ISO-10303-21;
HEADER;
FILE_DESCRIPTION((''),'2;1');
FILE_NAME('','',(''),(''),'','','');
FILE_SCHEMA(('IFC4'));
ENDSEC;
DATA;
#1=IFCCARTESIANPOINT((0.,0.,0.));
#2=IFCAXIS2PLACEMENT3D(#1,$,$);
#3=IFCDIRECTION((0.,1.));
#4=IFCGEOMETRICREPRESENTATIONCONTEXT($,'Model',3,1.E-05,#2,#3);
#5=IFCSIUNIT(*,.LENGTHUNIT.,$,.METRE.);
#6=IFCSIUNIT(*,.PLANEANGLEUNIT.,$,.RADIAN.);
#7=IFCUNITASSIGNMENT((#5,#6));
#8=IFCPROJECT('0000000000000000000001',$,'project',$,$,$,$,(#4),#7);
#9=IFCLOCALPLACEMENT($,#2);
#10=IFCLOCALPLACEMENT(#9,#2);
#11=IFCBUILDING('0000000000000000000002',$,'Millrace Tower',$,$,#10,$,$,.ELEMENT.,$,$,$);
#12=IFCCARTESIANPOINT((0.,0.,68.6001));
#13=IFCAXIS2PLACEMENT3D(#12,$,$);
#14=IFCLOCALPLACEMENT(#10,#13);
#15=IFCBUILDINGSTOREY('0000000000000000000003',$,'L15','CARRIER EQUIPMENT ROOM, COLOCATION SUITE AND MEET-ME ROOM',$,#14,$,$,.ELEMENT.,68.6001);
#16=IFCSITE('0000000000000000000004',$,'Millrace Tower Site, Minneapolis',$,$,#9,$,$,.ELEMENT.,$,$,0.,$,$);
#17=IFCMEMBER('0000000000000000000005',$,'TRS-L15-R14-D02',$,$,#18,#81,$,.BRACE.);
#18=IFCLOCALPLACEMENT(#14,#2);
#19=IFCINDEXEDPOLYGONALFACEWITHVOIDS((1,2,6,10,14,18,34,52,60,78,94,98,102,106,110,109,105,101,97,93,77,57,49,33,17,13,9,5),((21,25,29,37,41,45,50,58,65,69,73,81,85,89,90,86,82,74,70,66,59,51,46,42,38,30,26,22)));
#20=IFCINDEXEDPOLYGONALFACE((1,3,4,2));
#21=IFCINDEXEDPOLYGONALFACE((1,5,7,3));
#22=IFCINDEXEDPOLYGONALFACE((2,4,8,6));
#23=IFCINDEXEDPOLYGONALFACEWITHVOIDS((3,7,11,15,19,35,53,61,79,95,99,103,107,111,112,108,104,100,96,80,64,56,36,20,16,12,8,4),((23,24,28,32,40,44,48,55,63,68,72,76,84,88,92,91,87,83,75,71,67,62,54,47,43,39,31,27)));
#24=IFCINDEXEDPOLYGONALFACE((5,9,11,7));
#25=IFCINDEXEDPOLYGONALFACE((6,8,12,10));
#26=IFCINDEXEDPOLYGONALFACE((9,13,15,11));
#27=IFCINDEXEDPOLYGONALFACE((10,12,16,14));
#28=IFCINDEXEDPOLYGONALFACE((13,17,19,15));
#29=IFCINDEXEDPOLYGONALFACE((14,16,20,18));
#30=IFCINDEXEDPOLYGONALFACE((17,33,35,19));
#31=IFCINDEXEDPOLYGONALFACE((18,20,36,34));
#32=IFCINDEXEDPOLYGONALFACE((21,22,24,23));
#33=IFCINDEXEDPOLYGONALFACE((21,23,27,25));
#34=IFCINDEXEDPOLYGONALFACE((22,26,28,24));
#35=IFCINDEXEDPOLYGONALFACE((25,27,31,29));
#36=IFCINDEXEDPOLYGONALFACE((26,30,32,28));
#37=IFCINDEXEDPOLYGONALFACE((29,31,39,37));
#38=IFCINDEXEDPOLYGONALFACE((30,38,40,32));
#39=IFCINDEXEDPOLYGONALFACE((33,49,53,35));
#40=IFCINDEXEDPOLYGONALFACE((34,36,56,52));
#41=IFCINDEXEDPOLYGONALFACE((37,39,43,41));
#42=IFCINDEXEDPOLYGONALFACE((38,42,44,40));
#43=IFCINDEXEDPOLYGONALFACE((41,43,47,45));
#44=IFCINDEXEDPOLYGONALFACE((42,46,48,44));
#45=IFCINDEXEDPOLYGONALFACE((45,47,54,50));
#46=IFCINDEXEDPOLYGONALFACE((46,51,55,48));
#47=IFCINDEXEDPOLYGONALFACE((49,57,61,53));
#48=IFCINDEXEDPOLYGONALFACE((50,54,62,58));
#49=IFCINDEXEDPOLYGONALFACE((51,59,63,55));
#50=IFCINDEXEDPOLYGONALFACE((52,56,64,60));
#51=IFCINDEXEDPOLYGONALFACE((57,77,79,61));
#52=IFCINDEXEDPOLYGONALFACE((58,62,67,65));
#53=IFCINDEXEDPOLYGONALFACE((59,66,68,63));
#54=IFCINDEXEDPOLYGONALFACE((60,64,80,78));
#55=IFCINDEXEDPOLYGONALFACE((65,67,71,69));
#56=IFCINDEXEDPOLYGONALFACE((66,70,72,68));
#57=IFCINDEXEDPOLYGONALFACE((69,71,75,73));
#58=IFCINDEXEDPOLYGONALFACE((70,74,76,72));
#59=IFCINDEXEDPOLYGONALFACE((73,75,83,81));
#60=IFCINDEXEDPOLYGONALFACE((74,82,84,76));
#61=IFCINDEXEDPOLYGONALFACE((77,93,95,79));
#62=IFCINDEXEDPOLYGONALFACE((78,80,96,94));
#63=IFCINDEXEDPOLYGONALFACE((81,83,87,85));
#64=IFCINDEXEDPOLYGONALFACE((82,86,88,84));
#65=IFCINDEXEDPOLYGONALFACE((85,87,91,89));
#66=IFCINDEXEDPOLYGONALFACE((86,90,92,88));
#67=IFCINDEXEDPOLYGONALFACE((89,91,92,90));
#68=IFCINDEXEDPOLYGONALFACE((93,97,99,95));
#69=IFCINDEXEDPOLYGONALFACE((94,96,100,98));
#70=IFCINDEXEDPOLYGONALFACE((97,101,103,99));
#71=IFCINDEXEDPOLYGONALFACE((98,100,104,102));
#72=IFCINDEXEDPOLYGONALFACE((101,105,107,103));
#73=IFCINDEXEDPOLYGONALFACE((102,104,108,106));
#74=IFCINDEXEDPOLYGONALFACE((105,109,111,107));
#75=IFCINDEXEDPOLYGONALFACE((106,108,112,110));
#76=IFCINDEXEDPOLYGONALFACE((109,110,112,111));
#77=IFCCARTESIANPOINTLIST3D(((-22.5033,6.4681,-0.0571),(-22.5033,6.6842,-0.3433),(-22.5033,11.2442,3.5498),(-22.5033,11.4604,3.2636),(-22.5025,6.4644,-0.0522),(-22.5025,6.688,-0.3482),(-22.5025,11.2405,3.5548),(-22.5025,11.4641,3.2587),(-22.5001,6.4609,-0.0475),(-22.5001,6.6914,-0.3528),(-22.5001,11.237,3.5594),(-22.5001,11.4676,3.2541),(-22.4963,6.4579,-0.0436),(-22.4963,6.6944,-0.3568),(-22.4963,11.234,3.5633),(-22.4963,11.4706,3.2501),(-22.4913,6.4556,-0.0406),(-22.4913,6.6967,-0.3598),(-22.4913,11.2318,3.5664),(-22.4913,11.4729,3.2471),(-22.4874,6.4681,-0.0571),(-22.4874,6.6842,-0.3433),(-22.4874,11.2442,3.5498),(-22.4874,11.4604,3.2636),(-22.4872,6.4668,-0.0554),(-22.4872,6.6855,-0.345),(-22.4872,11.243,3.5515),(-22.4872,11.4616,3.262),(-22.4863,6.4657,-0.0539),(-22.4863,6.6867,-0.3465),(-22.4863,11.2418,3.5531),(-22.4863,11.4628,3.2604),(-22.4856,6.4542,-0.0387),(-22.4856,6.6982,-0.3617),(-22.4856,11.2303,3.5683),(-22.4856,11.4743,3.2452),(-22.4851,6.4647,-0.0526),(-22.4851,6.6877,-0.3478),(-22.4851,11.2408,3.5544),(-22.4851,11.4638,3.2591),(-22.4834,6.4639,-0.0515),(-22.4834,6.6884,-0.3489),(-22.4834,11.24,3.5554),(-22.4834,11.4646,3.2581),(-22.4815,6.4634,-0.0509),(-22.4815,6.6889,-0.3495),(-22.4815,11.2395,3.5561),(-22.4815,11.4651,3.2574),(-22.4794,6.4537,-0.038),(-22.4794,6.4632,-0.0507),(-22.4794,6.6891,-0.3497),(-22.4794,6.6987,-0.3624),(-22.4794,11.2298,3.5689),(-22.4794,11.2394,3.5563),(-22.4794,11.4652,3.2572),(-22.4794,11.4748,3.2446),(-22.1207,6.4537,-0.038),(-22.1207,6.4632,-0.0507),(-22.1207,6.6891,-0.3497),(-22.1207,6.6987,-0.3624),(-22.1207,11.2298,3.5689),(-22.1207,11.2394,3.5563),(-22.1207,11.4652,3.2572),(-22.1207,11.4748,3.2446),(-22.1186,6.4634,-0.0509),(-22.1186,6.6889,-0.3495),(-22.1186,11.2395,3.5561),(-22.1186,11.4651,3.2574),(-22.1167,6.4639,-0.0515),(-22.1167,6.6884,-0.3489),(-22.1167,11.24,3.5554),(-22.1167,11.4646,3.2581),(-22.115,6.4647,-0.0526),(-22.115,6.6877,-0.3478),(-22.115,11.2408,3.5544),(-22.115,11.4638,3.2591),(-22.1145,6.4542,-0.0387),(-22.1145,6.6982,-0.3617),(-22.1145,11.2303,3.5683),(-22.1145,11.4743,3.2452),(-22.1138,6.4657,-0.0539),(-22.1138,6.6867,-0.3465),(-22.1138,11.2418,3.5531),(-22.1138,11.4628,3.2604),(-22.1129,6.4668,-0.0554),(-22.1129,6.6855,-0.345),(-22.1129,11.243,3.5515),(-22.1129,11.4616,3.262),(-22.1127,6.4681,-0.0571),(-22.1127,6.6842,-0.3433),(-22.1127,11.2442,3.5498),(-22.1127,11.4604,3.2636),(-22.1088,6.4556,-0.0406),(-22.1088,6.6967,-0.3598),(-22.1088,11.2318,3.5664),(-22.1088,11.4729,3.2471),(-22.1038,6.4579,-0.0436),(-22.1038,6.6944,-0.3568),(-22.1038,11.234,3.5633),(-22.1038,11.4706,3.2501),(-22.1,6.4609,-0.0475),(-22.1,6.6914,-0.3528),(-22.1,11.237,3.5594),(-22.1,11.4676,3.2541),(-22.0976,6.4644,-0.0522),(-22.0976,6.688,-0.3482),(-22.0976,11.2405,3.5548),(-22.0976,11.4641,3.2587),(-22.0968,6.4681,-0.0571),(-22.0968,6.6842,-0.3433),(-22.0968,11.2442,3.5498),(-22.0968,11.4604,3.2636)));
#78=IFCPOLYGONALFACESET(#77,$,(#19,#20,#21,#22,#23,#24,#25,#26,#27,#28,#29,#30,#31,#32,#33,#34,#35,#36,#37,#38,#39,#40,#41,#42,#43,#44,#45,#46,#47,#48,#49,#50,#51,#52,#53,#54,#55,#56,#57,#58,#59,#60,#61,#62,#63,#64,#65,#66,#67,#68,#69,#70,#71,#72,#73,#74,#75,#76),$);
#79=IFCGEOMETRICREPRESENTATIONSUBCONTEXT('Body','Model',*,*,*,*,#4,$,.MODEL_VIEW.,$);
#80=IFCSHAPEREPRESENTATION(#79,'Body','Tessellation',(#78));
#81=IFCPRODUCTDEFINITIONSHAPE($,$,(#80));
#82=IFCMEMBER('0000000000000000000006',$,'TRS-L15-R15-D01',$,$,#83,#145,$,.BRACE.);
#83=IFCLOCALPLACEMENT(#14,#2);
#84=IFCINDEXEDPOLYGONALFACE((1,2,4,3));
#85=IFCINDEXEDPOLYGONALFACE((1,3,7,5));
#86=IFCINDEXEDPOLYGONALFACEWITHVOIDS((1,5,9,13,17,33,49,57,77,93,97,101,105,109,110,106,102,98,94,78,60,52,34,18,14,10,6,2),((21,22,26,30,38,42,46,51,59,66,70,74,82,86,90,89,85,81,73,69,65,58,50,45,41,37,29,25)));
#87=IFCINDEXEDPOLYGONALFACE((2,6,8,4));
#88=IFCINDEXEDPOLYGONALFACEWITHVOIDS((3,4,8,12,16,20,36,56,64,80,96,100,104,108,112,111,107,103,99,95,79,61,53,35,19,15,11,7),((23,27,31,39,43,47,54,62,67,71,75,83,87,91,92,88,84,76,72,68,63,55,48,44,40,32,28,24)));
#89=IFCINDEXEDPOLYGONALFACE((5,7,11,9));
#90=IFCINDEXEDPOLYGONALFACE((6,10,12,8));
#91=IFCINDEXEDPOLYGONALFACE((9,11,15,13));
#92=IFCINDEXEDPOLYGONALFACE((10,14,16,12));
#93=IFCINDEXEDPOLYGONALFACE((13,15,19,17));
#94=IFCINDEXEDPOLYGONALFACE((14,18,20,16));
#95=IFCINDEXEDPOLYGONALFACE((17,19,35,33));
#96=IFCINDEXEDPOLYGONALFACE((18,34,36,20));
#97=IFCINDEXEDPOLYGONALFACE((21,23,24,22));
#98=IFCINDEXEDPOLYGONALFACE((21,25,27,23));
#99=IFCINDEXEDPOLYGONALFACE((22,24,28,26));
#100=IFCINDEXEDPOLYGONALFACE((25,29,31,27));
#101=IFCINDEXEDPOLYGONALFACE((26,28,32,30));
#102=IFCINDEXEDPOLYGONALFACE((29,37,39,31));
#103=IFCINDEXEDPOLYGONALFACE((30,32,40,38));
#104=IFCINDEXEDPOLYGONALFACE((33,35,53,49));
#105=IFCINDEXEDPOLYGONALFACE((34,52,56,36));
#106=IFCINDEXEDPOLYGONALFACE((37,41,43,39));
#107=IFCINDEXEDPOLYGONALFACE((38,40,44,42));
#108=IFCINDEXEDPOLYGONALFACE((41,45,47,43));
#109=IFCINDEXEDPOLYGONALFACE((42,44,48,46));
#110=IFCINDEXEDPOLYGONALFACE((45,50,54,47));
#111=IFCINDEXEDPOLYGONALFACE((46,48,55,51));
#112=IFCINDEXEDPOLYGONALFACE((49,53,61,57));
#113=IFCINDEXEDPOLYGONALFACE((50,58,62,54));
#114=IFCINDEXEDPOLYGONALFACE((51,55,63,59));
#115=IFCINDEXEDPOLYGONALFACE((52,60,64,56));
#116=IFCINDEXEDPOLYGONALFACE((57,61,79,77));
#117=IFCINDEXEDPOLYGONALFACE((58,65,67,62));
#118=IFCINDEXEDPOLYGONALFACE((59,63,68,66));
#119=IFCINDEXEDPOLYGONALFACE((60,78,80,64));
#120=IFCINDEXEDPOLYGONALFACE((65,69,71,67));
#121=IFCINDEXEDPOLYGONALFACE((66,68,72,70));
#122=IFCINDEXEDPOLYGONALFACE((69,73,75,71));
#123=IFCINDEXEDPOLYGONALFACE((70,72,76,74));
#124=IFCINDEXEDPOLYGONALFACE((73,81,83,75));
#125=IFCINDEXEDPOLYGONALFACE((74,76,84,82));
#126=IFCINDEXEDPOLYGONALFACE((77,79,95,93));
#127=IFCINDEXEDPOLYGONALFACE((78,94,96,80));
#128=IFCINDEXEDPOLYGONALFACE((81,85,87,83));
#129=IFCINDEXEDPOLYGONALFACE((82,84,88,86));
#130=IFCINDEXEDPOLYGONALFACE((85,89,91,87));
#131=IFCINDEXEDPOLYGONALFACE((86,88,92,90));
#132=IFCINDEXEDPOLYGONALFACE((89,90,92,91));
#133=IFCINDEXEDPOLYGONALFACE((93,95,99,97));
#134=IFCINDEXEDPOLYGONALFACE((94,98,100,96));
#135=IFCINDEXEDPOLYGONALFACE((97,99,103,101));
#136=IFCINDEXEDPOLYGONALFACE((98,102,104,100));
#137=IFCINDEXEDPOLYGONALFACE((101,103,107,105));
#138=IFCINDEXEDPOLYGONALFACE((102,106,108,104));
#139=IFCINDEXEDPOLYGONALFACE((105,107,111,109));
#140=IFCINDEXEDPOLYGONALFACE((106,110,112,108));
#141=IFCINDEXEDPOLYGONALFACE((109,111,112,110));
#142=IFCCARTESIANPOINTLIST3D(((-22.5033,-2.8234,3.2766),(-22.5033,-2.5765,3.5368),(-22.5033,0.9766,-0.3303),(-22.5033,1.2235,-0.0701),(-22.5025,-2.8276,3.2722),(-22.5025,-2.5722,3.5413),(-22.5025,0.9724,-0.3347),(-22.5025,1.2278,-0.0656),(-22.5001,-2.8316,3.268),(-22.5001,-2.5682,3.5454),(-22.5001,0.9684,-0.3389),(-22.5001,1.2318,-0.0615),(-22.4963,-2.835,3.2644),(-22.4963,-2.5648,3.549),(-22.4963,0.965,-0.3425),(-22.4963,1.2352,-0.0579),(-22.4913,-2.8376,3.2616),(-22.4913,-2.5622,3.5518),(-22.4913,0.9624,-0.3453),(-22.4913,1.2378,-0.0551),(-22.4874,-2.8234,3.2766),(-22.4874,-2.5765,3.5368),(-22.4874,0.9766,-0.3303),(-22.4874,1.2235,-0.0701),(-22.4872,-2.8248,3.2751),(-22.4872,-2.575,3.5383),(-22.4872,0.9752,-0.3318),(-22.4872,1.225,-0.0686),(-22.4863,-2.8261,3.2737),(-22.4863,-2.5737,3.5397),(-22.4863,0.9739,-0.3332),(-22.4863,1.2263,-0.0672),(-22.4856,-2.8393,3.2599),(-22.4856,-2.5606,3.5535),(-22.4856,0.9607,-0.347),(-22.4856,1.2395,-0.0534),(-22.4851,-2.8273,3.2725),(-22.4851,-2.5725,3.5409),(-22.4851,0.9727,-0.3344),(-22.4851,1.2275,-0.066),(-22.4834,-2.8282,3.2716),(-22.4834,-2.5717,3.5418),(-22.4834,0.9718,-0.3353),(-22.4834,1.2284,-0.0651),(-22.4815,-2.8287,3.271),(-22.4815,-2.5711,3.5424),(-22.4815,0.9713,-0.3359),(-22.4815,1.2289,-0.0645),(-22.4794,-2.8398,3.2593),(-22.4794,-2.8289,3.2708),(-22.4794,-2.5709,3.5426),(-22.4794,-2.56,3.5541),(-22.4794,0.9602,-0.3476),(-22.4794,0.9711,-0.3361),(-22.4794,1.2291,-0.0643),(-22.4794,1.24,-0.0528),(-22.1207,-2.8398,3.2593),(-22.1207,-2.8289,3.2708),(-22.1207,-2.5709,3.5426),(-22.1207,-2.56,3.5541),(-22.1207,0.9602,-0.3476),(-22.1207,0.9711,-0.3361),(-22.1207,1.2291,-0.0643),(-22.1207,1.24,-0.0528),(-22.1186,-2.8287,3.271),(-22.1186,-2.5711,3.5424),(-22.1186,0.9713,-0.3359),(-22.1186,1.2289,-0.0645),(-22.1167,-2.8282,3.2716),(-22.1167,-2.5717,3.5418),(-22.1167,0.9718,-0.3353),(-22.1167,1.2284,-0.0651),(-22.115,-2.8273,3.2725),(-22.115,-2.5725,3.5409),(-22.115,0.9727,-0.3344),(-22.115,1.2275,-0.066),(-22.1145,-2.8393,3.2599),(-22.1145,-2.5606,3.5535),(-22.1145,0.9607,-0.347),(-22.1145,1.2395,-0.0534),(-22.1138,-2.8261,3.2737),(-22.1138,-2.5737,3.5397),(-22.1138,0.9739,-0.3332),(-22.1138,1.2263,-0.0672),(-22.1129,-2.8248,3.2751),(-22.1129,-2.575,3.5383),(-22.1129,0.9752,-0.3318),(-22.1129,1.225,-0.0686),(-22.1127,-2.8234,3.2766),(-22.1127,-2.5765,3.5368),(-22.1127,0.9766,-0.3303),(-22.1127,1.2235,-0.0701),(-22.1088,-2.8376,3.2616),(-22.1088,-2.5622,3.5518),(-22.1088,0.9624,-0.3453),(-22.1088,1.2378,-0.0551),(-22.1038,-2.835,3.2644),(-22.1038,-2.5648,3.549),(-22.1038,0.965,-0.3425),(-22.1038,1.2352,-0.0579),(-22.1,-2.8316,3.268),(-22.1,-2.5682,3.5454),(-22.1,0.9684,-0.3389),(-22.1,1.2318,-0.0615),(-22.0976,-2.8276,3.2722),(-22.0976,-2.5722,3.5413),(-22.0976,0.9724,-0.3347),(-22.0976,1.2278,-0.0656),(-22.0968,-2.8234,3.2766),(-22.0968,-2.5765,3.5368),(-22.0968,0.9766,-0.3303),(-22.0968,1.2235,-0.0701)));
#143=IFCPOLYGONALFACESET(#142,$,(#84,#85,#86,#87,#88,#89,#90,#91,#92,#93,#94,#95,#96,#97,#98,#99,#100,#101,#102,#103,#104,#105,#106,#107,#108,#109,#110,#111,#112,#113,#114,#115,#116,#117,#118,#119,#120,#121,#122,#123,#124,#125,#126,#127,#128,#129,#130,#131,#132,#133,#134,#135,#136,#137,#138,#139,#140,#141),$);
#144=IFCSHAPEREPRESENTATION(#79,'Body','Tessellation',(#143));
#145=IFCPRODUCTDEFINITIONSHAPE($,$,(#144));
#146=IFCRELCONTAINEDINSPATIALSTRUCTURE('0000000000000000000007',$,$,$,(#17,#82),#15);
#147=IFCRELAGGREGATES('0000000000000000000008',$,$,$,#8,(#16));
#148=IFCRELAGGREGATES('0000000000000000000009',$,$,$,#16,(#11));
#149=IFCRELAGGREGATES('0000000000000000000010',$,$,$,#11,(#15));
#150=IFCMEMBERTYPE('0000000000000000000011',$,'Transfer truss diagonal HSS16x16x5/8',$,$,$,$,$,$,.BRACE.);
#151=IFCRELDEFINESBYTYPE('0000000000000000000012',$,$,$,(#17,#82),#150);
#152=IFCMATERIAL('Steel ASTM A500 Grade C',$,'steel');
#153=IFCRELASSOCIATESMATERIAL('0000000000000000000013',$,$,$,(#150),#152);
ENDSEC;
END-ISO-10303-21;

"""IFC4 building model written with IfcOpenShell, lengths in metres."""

from ifc_helpers import new_model, si_unit, direction, frame, origin, origin_2d, place, context, subcontext, project, spatial, hollow_rectangle, extrude, material, material_profile, profile_set, type_object, element, save


model = new_model("IFC4")

# Units and contexts
model_context = context("Model", 3, precision=1e-05, world=origin(), true_north=direction((0.0, 1.0)))
body_context = subcontext(model_context, "Body", "Model", "MODEL_VIEW")
ifc_project = project(units=[si_unit("LENGTHUNIT", "METRE"), si_unit("PLANEANGLEUNIT", "RADIAN")], contexts=[model_context])

# Site, building, storey
site_placement = place(None, origin())
site = spatial("IfcSite", under=ifc_project, at=site_placement, Name="Millrace Tower Site, Minneapolis", CompositionType="ELEMENT", RefElevation=0.0)
building_placement = place(site_placement, origin())
building = spatial("IfcBuilding", under=site, at=building_placement, Name="Millrace Tower", CompositionType="ELEMENT")
storey_placement = place(building_placement, frame((0.0, 0.0, 68.6001)))
storey = spatial("IfcBuildingStorey", under=building, at=storey_placement, Name="L15", Description="CARRIER EQUIPMENT ROOM, COLOCATION SUITE AND MEET-ME ROOM", CompositionType="ELEMENT", Elevation=68.6001)

# Members
ifc_material_1 = material(Name="Steel ASTM A500 Grade C", Category="steel")
ifc_material_profile_1 = material_profile(ifc_material_1, hollow_rectangle(XDim=0.4065, YDim=0.4065, WallThickness=0.0159, InnerFilletRadius=0.0081, OuterFilletRadius=0.0239, at=origin_2d()))
ifc_profile_set_1 = profile_set([ifc_material_profile_1], Name="Steel ASTM A500 Grade C")
member_type_1 = type_object("IfcMemberType", Name="Transfer truss diagonal HSS16x16x5/8", PredefinedType="BRACE", material=ifc_profile_set_1)
member_1_placement = place(storey_placement, frame((-22.3, 6.5762, -0.2002), z_axis=(0.0, 0.798003, 0.602653), x_axis=(-1.0, 0.0, 0.0)))
element("IfcMember", 1, at=member_1_placement, inside=storey, type_object=member_type_1, Name="TRS-L15-R14-D02", PredefinedType="BRACE", context=body_context, shape_type="SweptSolid", body=[
    extrude(hollow_rectangle(XDim=0.4065, YDim=0.4065, WallThickness=0.0159, InnerFilletRadius=0.0081, OuterFilletRadius=0.0239, at=origin_2d()), origin(), (0.0, 0.0, 1.0), 5.9851),
])
member_2_placement = place(storey_placement, frame((-22.3, 1.1001, -0.2002), z_axis=(0.0, -0.725296, 0.688437), x_axis=(1.0, 0.0, 0.0)))
element("IfcMember", 2, at=member_2_placement, inside=storey, type_object=member_type_1, Name="TRS-L15-R15-D01", PredefinedType="BRACE", context=body_context, shape_type="SweptSolid", body=[
    extrude(hollow_rectangle(XDim=0.4065, YDim=0.4065, WallThickness=0.0159, InnerFilletRadius=0.0081, OuterFilletRadius=0.0239, at=origin_2d()), origin(), (0.0, 0.0, 1.0), 5.2393),
])

save(model, "model.ifc")
